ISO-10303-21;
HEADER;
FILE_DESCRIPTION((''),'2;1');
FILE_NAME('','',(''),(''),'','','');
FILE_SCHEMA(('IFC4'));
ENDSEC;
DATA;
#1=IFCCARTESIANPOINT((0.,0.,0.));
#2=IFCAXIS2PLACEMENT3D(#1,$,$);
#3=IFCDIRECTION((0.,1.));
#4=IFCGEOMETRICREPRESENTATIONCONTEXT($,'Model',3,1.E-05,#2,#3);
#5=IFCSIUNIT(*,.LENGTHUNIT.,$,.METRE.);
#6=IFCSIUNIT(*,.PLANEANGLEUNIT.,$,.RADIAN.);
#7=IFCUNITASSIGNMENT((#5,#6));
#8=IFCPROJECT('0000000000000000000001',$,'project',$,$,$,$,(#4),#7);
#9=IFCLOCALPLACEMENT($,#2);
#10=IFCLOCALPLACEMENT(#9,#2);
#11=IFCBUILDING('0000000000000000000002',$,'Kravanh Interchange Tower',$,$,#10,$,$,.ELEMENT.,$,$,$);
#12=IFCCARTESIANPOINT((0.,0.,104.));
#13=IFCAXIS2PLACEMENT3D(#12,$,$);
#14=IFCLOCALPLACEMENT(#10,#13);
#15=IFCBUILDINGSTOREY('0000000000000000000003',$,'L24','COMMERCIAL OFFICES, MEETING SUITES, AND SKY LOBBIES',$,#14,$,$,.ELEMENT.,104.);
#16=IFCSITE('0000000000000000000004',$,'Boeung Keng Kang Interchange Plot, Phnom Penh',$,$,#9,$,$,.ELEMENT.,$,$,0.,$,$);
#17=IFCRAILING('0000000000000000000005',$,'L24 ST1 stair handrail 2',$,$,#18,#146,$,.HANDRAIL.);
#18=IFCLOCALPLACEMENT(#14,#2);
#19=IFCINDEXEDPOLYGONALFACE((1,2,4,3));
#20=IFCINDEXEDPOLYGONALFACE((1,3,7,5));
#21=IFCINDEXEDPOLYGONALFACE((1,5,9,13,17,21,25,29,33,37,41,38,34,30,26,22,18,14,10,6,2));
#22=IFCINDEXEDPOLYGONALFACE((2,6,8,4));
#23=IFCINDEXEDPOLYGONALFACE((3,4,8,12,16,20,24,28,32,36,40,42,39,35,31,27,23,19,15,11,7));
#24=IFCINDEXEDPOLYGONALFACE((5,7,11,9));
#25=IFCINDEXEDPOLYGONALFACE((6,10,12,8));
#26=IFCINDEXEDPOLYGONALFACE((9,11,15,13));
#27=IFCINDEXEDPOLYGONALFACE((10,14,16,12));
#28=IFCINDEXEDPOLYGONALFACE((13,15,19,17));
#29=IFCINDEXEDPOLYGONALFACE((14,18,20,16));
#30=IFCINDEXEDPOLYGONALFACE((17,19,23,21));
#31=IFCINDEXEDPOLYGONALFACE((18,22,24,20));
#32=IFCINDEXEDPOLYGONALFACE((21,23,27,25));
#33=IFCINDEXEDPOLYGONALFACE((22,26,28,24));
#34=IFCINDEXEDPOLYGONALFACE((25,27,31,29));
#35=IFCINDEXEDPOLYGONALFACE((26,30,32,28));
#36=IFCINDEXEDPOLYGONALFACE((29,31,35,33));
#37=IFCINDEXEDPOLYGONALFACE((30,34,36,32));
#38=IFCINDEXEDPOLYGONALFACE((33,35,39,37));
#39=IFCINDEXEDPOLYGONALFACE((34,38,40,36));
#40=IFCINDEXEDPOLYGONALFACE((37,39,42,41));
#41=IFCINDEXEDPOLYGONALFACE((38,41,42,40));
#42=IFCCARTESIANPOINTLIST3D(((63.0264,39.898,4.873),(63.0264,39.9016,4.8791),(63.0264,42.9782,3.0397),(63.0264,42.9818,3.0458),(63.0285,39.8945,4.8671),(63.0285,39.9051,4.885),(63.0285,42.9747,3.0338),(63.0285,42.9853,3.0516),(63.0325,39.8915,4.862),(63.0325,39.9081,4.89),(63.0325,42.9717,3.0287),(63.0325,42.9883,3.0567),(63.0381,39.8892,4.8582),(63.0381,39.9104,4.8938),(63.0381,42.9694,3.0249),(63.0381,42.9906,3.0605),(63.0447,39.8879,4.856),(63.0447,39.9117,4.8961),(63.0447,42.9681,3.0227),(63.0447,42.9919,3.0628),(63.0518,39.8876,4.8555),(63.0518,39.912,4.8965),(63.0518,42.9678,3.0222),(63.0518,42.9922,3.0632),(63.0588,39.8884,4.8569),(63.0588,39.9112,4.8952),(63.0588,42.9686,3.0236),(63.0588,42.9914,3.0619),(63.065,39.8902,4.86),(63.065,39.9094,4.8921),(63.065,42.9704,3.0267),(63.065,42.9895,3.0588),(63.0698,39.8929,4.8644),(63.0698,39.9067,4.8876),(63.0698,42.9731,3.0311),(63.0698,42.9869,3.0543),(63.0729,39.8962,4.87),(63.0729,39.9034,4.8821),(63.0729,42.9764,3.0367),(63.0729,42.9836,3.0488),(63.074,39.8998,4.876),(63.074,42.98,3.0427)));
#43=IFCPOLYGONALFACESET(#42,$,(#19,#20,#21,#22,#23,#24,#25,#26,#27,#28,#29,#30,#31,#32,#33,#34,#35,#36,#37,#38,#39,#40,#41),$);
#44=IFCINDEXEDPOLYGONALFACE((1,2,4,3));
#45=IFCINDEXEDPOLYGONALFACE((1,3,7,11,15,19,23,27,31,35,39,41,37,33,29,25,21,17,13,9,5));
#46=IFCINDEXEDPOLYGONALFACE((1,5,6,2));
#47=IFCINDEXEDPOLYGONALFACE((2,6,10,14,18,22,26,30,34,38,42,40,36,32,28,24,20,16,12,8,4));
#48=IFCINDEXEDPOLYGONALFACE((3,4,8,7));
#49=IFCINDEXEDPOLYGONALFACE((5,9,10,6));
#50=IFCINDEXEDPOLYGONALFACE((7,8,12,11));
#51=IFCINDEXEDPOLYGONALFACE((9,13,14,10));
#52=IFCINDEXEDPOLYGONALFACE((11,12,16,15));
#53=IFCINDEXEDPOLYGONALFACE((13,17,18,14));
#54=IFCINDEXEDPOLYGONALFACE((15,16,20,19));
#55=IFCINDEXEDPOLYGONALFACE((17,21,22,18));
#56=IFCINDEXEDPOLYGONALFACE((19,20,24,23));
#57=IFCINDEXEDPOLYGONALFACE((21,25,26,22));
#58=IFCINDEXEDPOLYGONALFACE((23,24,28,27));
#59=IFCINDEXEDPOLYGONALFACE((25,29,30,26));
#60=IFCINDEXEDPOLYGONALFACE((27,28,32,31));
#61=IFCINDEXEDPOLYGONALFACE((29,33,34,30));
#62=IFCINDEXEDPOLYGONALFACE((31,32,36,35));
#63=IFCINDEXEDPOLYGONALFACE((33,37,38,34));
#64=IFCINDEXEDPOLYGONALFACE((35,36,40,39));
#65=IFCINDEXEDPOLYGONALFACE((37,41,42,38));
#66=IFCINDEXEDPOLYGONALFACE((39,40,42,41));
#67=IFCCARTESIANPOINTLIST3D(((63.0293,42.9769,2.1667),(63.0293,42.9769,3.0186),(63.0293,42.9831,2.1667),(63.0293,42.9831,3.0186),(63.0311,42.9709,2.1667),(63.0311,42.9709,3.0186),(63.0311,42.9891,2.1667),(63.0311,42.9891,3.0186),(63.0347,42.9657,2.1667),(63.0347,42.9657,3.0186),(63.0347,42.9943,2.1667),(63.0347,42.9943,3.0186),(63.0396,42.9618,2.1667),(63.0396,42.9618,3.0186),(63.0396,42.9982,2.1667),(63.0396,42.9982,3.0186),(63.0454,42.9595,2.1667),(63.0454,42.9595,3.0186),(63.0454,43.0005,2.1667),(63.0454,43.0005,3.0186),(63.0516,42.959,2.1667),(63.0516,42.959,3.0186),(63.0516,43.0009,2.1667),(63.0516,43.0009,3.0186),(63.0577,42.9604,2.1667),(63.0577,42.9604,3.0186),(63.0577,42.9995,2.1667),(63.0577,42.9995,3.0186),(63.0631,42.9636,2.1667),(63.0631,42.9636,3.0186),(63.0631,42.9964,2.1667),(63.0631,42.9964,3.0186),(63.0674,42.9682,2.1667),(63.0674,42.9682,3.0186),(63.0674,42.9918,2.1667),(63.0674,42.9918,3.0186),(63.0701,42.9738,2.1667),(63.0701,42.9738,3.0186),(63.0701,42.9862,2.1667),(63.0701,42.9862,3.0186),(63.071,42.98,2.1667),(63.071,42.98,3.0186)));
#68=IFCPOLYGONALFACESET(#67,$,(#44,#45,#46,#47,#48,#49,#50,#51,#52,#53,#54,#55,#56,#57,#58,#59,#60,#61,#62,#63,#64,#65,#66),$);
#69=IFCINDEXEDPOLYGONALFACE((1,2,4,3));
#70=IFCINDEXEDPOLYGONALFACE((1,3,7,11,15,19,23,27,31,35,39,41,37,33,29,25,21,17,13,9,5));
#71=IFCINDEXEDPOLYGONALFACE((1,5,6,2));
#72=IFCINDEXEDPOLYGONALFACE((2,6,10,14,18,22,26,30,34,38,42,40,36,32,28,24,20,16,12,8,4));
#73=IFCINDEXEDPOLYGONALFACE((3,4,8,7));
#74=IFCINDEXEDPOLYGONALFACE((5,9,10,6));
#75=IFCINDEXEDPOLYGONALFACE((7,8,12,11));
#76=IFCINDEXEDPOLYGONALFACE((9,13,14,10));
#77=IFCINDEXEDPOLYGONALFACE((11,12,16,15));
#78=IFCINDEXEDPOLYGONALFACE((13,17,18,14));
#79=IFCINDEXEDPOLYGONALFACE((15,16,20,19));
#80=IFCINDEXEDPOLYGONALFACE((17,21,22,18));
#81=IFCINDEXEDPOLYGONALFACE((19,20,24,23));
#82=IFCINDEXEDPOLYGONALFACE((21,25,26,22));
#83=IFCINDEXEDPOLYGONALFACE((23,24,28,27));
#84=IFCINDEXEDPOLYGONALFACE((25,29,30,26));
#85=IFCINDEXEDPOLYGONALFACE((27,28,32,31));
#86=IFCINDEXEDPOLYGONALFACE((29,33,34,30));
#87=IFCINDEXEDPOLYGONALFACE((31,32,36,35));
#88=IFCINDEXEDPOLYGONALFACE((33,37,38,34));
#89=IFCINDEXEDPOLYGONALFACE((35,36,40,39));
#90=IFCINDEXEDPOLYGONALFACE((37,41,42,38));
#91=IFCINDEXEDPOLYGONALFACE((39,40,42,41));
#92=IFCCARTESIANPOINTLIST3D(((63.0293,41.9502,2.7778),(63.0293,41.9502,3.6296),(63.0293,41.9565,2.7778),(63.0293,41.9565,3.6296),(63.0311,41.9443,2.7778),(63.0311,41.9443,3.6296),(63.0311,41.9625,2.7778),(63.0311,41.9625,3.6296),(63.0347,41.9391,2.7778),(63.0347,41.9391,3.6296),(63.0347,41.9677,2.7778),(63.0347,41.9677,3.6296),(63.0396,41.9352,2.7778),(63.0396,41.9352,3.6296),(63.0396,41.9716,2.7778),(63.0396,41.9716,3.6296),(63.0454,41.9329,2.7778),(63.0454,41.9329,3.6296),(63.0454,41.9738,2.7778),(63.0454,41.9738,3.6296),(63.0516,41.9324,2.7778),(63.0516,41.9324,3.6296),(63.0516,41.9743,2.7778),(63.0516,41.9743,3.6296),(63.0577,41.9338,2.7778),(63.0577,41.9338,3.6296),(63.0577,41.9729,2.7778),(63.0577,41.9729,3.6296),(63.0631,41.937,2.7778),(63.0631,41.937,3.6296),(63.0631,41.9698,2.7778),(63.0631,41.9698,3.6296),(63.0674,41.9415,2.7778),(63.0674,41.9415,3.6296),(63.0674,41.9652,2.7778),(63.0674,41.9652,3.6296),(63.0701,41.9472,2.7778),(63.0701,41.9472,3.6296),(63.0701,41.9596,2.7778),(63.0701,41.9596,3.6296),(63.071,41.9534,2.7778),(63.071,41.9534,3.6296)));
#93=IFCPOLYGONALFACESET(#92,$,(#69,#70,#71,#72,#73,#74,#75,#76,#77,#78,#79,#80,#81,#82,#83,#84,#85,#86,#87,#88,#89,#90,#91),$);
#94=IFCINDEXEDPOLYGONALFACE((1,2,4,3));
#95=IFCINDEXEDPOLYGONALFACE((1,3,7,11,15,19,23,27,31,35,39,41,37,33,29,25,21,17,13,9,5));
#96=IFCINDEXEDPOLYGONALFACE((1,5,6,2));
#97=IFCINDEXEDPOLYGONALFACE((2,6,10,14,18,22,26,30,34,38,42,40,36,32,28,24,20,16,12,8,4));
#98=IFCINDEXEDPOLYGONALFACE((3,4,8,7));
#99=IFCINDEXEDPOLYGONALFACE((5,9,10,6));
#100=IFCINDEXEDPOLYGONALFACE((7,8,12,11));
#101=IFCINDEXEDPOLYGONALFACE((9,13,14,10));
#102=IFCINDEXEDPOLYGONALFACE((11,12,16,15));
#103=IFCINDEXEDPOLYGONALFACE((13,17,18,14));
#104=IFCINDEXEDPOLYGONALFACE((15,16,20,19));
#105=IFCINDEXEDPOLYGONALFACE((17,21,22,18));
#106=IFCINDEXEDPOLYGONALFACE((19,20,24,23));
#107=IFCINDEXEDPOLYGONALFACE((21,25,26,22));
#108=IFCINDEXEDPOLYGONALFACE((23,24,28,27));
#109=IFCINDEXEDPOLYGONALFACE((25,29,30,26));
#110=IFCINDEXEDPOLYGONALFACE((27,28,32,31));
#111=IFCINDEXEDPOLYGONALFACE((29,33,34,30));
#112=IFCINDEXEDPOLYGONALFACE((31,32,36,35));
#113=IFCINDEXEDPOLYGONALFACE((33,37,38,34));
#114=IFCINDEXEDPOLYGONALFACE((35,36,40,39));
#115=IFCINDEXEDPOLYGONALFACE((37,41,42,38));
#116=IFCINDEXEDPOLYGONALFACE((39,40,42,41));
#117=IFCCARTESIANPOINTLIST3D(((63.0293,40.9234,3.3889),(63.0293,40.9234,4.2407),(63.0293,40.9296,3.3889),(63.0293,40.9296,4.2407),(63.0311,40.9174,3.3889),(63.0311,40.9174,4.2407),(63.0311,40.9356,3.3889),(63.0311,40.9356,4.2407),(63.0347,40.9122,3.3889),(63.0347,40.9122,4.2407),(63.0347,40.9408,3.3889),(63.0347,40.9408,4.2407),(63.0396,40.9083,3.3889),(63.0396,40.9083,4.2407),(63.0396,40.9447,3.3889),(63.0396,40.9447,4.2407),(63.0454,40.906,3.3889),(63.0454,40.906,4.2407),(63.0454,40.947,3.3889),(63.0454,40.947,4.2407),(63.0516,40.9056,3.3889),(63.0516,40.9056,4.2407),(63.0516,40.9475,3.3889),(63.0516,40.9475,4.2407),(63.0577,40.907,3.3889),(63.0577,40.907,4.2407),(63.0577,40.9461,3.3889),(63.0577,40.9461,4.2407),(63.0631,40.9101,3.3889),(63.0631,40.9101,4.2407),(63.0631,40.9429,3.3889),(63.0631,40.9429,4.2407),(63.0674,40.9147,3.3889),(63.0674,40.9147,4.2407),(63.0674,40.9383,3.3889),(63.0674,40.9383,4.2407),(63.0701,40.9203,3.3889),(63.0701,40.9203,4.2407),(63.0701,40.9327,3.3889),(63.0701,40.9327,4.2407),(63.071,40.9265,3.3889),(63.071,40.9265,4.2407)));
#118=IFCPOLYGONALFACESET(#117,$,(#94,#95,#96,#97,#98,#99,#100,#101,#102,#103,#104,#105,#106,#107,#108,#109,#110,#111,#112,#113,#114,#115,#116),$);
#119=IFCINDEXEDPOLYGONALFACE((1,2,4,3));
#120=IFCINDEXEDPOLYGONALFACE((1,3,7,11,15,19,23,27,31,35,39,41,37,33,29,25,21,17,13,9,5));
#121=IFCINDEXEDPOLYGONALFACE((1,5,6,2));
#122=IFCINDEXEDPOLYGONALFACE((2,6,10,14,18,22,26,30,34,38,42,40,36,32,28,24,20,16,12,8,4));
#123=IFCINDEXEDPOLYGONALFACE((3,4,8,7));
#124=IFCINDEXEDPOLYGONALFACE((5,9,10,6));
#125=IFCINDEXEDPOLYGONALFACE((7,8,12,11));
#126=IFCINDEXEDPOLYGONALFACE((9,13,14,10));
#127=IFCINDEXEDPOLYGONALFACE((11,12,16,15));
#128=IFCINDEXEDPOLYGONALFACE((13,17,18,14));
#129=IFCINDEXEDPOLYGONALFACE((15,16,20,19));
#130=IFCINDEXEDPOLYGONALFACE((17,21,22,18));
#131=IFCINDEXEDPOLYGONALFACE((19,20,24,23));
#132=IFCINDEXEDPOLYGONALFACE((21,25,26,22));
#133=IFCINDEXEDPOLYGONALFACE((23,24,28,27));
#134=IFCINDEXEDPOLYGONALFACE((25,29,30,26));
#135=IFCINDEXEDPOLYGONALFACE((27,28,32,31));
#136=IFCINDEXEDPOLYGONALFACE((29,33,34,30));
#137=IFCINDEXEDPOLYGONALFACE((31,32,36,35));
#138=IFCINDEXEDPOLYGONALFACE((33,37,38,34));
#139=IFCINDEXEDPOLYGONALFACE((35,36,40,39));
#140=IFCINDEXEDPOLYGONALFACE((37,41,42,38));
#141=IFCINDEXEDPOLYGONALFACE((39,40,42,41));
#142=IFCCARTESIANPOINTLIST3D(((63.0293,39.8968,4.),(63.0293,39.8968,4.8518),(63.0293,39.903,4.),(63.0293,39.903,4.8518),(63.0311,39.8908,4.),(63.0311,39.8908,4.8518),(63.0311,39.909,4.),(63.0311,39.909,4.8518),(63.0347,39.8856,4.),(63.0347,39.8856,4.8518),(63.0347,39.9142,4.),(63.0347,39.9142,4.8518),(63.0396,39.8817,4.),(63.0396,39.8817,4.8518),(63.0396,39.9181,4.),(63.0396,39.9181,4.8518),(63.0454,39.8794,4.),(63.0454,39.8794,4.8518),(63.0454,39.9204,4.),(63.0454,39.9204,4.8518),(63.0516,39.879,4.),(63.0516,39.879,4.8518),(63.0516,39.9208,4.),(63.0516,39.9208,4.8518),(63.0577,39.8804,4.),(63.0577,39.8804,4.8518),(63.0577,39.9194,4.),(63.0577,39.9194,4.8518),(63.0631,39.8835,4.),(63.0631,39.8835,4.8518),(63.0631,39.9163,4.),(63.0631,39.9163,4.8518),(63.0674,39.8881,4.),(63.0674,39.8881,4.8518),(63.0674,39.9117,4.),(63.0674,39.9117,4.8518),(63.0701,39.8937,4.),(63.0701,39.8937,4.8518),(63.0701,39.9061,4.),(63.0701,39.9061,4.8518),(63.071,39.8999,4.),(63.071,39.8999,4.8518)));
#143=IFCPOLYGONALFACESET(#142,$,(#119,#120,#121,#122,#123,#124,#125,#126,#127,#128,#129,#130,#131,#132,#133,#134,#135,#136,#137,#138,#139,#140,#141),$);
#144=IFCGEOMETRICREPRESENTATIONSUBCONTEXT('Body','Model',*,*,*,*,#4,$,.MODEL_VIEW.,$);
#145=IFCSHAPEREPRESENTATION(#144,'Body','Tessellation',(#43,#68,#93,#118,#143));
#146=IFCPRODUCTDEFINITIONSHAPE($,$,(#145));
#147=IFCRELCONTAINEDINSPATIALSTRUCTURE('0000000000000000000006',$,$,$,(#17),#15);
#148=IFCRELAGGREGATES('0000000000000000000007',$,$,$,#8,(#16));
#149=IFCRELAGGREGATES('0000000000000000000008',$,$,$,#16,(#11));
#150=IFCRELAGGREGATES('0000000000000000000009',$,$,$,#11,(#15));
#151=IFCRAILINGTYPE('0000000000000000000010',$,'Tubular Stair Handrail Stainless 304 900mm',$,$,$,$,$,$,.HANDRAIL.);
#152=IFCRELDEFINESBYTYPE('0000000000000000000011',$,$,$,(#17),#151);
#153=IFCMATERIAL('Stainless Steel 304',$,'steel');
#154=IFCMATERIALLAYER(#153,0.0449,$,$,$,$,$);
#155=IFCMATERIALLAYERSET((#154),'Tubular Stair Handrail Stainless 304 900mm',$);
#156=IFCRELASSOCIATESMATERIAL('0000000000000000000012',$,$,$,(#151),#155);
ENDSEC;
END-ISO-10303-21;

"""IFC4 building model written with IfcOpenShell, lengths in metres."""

from ifc_helpers import new_model, si_unit, direction, frame, origin, origin_2d, place, context, subcontext, project, spatial, circle, extrude, material, layer, layer_set, type_object, element, save


model = new_model("IFC4")

# Units and contexts
model_context = context("Model", 3, precision=1e-05, world=origin(), true_north=direction((0.0, 1.0)))
body_context = subcontext(model_context, "Body", "Model", "MODEL_VIEW")
ifc_project = project(units=[si_unit("LENGTHUNIT", "METRE"), si_unit("PLANEANGLEUNIT", "RADIAN")], contexts=[model_context])

# Site, building, storey
site_placement = place(None, origin())
site = spatial("IfcSite", under=ifc_project, at=site_placement, Name="Boeung Keng Kang Interchange Plot, Phnom Penh", CompositionType="ELEMENT", RefElevation=0.0)
building_placement = place(site_placement, origin())
building = spatial("IfcBuilding", under=site, at=building_placement, Name="Kravanh Interchange Tower", CompositionType="ELEMENT")
storey_placement = place(building_placement, frame((0.0, 0.0, 104.0)))
storey = spatial("IfcBuildingStorey", under=building, at=storey_placement, Name="L24", Description="COMMERCIAL OFFICES, MEETING SUITES, AND SKY LOBBIES", CompositionType="ELEMENT", Elevation=104.0)

# Railing
ifc_material_1 = material(Name="Stainless Steel 304", Category="steel")
ifc_layer_1 = layer(ifc_material_1, 0.0449)
ifc_layer_set_1 = layer_set([ifc_layer_1], Name="Tubular Stair Handrail Stainless 304 900mm")
railing_type_1 = type_object("IfcRailingType", Name="Tubular Stair Handrail Stainless 304 900mm", PredefinedType="HANDRAIL", material=ifc_layer_set_1)
railing_1_placement = place(storey_placement, frame((63.05, 42.98, 2.1667)))
element("IfcRailing", 1, at=railing_1_placement, inside=storey, type_object=railing_type_1, Name="L24 ST1 stair handrail 2", PredefinedType="HANDRAIL", context=body_context, shape_type="SweptSolid", body=[
    extrude(circle(Radius=0.0239, at=origin_2d()), frame((0.0, 0.0, 0.876), z_axis=(0.0, -0.859309, 0.511458), x_axis=(1.0, 0.0, 0.0)), (0.0, 0.0, 1.0), 3.5845),
    extrude(circle(Radius=0.021, at=origin_2d()), origin(), (0.0, 0.0, 1.0), 0.8518),
    extrude(circle(Radius=0.021, at=origin_2d()), frame((0.0, -1.0266, 0.6111)), (0.0, 0.0, 1.0), 0.8518),
    extrude(circle(Radius=0.021, at=origin_2d()), frame((0.0, -2.0535, 1.2222)), (0.0, 0.0, 1.0), 0.8518),
    extrude(circle(Radius=0.021, at=origin_2d()), frame((0.0, -3.0801, 1.8333)), (0.0, 0.0, 1.0), 0.8518),
])

save(model, "model.ifc")
